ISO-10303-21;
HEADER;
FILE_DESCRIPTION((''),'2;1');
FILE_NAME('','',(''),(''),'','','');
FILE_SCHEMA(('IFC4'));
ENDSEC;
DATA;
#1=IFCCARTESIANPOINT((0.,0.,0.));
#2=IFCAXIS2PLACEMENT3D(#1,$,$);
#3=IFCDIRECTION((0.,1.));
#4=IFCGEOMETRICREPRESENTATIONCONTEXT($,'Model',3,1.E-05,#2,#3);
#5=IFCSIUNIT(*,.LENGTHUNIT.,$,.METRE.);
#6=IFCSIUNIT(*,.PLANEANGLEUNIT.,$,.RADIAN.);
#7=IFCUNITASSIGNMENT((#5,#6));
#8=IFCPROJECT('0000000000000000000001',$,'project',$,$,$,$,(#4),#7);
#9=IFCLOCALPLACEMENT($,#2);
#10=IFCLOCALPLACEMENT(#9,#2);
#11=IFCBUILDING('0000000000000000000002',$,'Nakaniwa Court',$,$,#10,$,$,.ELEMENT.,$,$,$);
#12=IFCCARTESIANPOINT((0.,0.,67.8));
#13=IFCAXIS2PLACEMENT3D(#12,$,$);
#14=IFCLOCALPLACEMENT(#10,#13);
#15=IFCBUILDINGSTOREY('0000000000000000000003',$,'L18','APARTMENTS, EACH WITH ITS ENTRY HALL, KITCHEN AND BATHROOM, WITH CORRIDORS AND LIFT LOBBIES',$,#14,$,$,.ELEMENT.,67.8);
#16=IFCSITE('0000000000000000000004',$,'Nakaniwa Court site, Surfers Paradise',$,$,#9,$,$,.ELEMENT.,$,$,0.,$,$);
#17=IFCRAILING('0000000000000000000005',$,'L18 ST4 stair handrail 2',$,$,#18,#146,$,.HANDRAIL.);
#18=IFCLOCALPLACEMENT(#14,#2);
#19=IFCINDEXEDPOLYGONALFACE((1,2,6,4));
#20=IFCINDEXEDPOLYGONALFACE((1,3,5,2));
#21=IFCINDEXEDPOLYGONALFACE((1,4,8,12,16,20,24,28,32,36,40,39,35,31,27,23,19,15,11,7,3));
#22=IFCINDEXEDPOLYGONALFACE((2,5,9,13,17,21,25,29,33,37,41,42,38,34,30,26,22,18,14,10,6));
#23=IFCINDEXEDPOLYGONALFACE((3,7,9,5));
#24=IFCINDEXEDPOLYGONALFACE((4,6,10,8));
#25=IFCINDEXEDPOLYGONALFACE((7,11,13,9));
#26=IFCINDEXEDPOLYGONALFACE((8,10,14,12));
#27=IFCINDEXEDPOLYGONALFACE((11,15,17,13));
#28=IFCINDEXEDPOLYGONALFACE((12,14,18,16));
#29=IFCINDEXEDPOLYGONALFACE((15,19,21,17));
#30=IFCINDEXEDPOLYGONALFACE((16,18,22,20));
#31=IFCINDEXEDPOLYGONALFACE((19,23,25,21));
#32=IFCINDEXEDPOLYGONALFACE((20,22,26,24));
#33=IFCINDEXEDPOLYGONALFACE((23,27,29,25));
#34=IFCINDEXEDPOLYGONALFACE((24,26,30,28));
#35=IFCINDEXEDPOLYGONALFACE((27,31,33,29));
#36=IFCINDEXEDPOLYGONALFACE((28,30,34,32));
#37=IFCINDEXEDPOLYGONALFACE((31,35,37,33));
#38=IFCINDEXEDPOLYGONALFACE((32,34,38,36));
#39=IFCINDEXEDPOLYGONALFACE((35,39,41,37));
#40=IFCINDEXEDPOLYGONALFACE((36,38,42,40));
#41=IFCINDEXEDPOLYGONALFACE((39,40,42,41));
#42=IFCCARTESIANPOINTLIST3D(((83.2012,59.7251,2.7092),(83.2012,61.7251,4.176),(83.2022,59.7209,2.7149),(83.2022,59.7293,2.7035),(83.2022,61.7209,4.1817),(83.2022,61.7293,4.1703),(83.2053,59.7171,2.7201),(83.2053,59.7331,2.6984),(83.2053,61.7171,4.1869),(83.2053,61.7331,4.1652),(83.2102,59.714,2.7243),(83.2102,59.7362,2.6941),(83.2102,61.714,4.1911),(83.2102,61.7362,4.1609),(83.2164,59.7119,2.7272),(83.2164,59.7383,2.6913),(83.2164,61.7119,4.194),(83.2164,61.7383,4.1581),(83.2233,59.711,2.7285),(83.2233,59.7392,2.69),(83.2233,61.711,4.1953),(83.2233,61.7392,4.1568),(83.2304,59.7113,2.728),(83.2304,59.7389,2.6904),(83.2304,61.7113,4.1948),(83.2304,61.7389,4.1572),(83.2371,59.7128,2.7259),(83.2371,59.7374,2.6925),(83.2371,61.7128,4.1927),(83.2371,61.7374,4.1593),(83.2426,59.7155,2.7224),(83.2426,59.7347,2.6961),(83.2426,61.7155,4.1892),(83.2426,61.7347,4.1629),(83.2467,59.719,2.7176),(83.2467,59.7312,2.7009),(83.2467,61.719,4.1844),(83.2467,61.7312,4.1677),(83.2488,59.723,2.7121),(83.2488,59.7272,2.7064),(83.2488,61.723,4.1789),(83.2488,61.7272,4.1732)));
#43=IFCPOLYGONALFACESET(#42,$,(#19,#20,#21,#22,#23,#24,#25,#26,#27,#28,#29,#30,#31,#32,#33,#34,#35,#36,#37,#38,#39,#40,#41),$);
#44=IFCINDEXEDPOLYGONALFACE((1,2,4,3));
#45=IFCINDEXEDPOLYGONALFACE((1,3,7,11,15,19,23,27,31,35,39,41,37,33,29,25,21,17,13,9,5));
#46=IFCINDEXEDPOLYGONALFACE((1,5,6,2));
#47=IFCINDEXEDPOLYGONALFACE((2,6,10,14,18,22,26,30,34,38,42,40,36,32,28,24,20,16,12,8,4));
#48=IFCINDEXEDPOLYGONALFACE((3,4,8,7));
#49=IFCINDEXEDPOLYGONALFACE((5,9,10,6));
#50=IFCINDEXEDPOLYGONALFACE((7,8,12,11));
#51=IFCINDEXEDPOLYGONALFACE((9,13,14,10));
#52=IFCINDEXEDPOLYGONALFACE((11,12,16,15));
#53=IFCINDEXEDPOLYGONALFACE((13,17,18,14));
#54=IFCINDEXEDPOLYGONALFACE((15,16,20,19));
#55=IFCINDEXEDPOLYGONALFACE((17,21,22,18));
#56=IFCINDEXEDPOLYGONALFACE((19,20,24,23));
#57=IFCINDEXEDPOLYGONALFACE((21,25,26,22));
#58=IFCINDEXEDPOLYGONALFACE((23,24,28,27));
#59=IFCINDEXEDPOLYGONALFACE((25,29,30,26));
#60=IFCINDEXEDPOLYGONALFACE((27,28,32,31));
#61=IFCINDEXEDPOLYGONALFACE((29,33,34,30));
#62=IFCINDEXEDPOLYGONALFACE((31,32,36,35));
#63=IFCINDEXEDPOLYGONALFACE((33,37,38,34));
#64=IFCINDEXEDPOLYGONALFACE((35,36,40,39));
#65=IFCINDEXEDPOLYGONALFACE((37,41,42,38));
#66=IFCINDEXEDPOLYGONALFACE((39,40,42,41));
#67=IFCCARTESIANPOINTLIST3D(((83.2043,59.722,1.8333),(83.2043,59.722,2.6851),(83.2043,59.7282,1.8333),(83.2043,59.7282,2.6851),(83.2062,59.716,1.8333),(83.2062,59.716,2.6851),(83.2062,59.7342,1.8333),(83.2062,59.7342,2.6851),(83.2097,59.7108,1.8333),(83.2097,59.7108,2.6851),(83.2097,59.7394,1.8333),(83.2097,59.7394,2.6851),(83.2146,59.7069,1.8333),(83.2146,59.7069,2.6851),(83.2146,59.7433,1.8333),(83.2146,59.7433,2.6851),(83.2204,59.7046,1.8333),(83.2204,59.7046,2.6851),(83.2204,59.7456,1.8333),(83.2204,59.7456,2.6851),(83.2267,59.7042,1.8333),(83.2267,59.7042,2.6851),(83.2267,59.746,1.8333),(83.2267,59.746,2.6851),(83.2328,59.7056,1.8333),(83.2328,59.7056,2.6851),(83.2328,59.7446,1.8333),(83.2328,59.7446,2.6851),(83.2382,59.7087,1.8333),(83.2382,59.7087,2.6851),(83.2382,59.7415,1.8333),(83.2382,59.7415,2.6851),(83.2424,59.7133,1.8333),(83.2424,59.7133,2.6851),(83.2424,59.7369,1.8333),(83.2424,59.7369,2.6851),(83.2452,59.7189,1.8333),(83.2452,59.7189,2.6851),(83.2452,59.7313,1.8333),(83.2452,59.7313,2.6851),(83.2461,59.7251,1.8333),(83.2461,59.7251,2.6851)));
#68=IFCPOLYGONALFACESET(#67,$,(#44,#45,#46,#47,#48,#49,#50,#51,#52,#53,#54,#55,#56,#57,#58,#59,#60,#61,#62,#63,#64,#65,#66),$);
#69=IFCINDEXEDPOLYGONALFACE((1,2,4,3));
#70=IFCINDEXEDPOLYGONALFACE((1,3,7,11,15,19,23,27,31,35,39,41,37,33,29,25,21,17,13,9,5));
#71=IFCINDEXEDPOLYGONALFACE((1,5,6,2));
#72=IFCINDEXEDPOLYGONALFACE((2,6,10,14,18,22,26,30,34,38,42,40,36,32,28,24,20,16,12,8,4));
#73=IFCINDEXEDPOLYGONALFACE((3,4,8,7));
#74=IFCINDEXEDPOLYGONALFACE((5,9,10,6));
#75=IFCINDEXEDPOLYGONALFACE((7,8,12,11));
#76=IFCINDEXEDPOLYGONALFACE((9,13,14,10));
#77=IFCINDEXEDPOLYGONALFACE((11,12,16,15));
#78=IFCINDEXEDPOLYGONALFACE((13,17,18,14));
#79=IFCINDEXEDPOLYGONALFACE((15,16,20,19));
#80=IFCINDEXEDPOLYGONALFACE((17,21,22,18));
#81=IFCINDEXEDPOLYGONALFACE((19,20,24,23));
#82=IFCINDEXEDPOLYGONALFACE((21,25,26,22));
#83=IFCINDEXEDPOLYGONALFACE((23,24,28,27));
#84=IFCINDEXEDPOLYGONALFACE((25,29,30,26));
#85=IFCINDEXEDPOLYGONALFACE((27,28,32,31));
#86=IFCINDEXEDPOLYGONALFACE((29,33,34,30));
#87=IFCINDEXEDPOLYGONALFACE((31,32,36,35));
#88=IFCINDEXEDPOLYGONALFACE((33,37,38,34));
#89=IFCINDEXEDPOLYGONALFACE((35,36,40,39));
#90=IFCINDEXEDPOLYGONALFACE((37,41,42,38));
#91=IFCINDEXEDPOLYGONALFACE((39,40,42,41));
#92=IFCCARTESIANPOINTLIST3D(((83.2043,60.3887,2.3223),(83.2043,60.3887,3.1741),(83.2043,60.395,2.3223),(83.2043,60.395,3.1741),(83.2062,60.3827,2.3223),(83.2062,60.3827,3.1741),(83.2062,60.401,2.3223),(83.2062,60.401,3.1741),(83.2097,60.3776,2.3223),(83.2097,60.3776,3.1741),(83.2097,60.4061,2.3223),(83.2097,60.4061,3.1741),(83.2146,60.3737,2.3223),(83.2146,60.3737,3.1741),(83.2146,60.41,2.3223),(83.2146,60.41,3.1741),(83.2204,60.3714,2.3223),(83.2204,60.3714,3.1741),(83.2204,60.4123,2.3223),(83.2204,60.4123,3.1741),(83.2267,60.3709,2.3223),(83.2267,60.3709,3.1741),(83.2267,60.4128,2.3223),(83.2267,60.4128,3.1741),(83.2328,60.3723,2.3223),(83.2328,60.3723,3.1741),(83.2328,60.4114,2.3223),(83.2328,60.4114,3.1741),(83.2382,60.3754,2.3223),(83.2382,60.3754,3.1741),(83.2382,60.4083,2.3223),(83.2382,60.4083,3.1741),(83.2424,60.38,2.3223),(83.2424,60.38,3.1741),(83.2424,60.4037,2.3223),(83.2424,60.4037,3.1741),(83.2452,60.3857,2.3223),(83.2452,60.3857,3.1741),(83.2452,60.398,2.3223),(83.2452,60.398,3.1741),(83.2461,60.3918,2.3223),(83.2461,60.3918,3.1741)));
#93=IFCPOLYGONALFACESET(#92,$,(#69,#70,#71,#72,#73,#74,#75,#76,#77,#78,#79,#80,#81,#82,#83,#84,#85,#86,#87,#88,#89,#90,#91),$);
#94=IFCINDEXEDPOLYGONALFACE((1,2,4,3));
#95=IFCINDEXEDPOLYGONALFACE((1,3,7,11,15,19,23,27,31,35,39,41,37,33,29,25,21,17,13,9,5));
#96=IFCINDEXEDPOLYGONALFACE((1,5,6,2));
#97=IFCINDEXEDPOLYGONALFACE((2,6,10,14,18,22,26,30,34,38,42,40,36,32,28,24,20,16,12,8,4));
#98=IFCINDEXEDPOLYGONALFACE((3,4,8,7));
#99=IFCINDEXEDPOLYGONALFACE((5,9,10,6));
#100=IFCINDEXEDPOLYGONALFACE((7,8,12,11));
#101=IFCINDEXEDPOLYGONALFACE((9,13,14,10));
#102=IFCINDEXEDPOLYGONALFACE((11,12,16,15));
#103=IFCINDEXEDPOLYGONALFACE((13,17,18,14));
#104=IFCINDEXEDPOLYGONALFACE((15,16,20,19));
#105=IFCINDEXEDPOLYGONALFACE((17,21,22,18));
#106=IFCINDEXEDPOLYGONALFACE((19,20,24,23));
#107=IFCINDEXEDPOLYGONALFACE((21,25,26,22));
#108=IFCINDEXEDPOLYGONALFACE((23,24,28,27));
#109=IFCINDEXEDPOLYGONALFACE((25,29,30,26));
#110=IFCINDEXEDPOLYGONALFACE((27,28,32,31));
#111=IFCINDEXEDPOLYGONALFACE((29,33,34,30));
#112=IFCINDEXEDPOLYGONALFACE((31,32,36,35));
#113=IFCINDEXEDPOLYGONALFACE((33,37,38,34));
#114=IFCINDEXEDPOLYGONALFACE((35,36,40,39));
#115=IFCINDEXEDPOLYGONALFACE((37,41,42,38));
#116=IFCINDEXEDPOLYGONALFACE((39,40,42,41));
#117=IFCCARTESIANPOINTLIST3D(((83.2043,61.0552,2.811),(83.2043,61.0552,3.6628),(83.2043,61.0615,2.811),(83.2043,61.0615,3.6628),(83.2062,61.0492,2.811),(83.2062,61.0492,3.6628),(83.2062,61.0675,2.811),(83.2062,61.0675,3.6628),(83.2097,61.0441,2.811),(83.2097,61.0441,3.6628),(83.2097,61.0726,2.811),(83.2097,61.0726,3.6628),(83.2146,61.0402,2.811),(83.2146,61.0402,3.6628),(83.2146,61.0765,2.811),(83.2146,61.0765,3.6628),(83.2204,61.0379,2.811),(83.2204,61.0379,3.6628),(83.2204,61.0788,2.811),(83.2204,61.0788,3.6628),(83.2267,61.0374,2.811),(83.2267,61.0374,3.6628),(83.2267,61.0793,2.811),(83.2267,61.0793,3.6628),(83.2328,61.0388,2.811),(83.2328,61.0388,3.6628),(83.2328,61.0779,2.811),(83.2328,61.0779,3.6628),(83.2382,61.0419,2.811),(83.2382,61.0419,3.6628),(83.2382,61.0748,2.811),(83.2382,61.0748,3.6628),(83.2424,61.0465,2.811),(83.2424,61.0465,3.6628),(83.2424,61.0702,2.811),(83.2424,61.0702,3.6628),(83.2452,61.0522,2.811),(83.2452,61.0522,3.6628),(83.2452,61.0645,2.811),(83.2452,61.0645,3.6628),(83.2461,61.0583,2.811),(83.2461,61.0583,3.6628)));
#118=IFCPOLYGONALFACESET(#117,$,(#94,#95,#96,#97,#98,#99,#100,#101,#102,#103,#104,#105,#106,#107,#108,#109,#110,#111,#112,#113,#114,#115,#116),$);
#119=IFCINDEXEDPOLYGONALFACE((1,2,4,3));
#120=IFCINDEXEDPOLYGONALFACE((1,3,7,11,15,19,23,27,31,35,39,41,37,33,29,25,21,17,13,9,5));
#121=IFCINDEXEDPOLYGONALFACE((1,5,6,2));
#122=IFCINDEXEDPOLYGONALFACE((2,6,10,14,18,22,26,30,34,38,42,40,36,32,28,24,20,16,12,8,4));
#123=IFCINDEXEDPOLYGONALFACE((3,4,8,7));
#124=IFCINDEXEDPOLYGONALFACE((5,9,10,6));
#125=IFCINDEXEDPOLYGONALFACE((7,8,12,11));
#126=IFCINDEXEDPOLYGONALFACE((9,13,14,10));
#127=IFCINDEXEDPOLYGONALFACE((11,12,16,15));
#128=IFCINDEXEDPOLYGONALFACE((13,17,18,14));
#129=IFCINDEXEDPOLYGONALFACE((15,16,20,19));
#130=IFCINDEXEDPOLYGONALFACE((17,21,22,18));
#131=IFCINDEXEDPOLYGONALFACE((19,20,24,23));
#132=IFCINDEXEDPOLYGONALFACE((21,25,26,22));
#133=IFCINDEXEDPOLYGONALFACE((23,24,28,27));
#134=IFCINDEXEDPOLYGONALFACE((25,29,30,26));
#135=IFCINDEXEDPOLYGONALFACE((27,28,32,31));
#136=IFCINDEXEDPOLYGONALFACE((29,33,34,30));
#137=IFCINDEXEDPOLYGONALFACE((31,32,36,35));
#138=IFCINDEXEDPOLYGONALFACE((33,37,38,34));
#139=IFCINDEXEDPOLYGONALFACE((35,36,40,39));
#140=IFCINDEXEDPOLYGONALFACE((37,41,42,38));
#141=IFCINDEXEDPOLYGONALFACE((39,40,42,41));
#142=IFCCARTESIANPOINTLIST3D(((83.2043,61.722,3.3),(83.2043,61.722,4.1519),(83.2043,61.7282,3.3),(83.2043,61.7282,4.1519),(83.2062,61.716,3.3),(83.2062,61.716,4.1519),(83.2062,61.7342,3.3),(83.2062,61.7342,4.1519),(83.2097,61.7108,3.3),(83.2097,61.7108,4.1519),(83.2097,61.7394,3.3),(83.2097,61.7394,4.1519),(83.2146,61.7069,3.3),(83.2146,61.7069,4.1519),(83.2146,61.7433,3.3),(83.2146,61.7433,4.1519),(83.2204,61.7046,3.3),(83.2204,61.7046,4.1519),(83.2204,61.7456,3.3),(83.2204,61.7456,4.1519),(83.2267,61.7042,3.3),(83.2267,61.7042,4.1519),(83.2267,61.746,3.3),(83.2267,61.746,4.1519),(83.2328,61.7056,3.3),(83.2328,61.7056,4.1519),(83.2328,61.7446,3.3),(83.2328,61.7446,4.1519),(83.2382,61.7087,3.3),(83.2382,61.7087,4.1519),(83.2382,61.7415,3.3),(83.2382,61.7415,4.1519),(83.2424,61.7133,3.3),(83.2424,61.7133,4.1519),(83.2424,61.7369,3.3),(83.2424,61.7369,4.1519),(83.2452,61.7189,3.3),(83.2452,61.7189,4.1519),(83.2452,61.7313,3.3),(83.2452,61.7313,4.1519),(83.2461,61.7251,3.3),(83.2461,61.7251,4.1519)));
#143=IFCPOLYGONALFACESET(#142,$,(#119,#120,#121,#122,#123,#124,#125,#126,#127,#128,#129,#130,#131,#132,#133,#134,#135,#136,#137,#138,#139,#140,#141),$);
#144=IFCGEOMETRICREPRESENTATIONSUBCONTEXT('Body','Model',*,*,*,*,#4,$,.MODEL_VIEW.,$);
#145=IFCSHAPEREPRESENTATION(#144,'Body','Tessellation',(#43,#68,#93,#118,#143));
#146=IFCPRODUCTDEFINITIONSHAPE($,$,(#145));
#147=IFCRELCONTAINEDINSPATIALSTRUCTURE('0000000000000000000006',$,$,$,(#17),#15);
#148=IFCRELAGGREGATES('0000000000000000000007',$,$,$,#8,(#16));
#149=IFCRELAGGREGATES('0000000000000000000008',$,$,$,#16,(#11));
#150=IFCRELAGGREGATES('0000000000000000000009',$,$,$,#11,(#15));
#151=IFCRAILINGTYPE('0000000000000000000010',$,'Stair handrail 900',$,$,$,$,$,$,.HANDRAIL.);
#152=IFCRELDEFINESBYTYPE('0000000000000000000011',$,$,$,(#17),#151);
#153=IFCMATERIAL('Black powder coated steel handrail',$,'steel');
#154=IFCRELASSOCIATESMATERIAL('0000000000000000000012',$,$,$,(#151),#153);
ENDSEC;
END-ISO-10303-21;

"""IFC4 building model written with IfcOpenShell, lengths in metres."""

from ifc_helpers import new_model, si_unit, direction, frame, origin, origin_2d, place, context, subcontext, project, spatial, circle, extrude, material, type_object, element, save


model = new_model("IFC4")

# Units and contexts
model_context = context("Model", 3, precision=1e-05, world=origin(), true_north=direction((0.0, 1.0)))
body_context = subcontext(model_context, "Body", "Model", "MODEL_VIEW")
ifc_project = project(units=[si_unit("LENGTHUNIT", "METRE"), si_unit("PLANEANGLEUNIT", "RADIAN")], contexts=[model_context])

# Site, building, storey
site_placement = place(None, origin())
site = spatial("IfcSite", under=ifc_project, at=site_placement, Name="Nakaniwa Court site, Surfers Paradise", CompositionType="ELEMENT", RefElevation=0.0)
building_placement = place(site_placement, origin())
building = spatial("IfcBuilding", under=site, at=building_placement, Name="Nakaniwa Court", CompositionType="ELEMENT")
storey_placement = place(building_placement, frame((0.0, 0.0, 67.8)))
storey = spatial("IfcBuildingStorey", under=building, at=storey_placement, Name="L18", Description="APARTMENTS, EACH WITH ITS ENTRY HALL, KITCHEN AND BATHROOM, WITH CORRIDORS AND LIFT LOBBIES", CompositionType="ELEMENT", Elevation=67.8)

# Railing
ifc_material_1 = material(Name="Black powder coated steel handrail", Category="steel")
railing_type_1 = type_object("IfcRailingType", Name="Stair handrail 900", PredefinedType="HANDRAIL", material=ifc_material_1)
railing_1_placement = place(storey_placement, frame((83.2251, 59.7251, 1.8333)))
element("IfcRailing", 1, at=railing_1_placement, inside=storey, type_object=railing_type_1, Name="L18 ST4 stair handrail 2", PredefinedType="HANDRAIL", context=body_context, shape_type="SweptSolid", body=[
    extrude(circle(Radius=0.0239, at=origin_2d()), frame((0.0, 0.0, 0.876), z_axis=(0.0, 0.80638, 0.591398), x_axis=(-1.0, 0.0, 0.0)), (0.0, 0.0, 1.0), 2.4802),
    extrude(circle(Radius=0.021, at=origin_2d()), origin(), (0.0, 0.0, 1.0), 0.8518),
    extrude(circle(Radius=0.021, at=origin_2d()), frame((0.0, 0.6667, 0.489)), (0.0, 0.0, 1.0), 0.8518),
    extrude(circle(Radius=0.021, at=origin_2d()), frame((0.0, 1.3333, 0.9778)), (0.0, 0.0, 1.0), 0.8518),
    extrude(circle(Radius=0.021, at=origin_2d()), frame((0.0, 2.0, 1.4668)), (0.0, 0.0, 1.0), 0.8518),
])

save(model, "model.ifc")
